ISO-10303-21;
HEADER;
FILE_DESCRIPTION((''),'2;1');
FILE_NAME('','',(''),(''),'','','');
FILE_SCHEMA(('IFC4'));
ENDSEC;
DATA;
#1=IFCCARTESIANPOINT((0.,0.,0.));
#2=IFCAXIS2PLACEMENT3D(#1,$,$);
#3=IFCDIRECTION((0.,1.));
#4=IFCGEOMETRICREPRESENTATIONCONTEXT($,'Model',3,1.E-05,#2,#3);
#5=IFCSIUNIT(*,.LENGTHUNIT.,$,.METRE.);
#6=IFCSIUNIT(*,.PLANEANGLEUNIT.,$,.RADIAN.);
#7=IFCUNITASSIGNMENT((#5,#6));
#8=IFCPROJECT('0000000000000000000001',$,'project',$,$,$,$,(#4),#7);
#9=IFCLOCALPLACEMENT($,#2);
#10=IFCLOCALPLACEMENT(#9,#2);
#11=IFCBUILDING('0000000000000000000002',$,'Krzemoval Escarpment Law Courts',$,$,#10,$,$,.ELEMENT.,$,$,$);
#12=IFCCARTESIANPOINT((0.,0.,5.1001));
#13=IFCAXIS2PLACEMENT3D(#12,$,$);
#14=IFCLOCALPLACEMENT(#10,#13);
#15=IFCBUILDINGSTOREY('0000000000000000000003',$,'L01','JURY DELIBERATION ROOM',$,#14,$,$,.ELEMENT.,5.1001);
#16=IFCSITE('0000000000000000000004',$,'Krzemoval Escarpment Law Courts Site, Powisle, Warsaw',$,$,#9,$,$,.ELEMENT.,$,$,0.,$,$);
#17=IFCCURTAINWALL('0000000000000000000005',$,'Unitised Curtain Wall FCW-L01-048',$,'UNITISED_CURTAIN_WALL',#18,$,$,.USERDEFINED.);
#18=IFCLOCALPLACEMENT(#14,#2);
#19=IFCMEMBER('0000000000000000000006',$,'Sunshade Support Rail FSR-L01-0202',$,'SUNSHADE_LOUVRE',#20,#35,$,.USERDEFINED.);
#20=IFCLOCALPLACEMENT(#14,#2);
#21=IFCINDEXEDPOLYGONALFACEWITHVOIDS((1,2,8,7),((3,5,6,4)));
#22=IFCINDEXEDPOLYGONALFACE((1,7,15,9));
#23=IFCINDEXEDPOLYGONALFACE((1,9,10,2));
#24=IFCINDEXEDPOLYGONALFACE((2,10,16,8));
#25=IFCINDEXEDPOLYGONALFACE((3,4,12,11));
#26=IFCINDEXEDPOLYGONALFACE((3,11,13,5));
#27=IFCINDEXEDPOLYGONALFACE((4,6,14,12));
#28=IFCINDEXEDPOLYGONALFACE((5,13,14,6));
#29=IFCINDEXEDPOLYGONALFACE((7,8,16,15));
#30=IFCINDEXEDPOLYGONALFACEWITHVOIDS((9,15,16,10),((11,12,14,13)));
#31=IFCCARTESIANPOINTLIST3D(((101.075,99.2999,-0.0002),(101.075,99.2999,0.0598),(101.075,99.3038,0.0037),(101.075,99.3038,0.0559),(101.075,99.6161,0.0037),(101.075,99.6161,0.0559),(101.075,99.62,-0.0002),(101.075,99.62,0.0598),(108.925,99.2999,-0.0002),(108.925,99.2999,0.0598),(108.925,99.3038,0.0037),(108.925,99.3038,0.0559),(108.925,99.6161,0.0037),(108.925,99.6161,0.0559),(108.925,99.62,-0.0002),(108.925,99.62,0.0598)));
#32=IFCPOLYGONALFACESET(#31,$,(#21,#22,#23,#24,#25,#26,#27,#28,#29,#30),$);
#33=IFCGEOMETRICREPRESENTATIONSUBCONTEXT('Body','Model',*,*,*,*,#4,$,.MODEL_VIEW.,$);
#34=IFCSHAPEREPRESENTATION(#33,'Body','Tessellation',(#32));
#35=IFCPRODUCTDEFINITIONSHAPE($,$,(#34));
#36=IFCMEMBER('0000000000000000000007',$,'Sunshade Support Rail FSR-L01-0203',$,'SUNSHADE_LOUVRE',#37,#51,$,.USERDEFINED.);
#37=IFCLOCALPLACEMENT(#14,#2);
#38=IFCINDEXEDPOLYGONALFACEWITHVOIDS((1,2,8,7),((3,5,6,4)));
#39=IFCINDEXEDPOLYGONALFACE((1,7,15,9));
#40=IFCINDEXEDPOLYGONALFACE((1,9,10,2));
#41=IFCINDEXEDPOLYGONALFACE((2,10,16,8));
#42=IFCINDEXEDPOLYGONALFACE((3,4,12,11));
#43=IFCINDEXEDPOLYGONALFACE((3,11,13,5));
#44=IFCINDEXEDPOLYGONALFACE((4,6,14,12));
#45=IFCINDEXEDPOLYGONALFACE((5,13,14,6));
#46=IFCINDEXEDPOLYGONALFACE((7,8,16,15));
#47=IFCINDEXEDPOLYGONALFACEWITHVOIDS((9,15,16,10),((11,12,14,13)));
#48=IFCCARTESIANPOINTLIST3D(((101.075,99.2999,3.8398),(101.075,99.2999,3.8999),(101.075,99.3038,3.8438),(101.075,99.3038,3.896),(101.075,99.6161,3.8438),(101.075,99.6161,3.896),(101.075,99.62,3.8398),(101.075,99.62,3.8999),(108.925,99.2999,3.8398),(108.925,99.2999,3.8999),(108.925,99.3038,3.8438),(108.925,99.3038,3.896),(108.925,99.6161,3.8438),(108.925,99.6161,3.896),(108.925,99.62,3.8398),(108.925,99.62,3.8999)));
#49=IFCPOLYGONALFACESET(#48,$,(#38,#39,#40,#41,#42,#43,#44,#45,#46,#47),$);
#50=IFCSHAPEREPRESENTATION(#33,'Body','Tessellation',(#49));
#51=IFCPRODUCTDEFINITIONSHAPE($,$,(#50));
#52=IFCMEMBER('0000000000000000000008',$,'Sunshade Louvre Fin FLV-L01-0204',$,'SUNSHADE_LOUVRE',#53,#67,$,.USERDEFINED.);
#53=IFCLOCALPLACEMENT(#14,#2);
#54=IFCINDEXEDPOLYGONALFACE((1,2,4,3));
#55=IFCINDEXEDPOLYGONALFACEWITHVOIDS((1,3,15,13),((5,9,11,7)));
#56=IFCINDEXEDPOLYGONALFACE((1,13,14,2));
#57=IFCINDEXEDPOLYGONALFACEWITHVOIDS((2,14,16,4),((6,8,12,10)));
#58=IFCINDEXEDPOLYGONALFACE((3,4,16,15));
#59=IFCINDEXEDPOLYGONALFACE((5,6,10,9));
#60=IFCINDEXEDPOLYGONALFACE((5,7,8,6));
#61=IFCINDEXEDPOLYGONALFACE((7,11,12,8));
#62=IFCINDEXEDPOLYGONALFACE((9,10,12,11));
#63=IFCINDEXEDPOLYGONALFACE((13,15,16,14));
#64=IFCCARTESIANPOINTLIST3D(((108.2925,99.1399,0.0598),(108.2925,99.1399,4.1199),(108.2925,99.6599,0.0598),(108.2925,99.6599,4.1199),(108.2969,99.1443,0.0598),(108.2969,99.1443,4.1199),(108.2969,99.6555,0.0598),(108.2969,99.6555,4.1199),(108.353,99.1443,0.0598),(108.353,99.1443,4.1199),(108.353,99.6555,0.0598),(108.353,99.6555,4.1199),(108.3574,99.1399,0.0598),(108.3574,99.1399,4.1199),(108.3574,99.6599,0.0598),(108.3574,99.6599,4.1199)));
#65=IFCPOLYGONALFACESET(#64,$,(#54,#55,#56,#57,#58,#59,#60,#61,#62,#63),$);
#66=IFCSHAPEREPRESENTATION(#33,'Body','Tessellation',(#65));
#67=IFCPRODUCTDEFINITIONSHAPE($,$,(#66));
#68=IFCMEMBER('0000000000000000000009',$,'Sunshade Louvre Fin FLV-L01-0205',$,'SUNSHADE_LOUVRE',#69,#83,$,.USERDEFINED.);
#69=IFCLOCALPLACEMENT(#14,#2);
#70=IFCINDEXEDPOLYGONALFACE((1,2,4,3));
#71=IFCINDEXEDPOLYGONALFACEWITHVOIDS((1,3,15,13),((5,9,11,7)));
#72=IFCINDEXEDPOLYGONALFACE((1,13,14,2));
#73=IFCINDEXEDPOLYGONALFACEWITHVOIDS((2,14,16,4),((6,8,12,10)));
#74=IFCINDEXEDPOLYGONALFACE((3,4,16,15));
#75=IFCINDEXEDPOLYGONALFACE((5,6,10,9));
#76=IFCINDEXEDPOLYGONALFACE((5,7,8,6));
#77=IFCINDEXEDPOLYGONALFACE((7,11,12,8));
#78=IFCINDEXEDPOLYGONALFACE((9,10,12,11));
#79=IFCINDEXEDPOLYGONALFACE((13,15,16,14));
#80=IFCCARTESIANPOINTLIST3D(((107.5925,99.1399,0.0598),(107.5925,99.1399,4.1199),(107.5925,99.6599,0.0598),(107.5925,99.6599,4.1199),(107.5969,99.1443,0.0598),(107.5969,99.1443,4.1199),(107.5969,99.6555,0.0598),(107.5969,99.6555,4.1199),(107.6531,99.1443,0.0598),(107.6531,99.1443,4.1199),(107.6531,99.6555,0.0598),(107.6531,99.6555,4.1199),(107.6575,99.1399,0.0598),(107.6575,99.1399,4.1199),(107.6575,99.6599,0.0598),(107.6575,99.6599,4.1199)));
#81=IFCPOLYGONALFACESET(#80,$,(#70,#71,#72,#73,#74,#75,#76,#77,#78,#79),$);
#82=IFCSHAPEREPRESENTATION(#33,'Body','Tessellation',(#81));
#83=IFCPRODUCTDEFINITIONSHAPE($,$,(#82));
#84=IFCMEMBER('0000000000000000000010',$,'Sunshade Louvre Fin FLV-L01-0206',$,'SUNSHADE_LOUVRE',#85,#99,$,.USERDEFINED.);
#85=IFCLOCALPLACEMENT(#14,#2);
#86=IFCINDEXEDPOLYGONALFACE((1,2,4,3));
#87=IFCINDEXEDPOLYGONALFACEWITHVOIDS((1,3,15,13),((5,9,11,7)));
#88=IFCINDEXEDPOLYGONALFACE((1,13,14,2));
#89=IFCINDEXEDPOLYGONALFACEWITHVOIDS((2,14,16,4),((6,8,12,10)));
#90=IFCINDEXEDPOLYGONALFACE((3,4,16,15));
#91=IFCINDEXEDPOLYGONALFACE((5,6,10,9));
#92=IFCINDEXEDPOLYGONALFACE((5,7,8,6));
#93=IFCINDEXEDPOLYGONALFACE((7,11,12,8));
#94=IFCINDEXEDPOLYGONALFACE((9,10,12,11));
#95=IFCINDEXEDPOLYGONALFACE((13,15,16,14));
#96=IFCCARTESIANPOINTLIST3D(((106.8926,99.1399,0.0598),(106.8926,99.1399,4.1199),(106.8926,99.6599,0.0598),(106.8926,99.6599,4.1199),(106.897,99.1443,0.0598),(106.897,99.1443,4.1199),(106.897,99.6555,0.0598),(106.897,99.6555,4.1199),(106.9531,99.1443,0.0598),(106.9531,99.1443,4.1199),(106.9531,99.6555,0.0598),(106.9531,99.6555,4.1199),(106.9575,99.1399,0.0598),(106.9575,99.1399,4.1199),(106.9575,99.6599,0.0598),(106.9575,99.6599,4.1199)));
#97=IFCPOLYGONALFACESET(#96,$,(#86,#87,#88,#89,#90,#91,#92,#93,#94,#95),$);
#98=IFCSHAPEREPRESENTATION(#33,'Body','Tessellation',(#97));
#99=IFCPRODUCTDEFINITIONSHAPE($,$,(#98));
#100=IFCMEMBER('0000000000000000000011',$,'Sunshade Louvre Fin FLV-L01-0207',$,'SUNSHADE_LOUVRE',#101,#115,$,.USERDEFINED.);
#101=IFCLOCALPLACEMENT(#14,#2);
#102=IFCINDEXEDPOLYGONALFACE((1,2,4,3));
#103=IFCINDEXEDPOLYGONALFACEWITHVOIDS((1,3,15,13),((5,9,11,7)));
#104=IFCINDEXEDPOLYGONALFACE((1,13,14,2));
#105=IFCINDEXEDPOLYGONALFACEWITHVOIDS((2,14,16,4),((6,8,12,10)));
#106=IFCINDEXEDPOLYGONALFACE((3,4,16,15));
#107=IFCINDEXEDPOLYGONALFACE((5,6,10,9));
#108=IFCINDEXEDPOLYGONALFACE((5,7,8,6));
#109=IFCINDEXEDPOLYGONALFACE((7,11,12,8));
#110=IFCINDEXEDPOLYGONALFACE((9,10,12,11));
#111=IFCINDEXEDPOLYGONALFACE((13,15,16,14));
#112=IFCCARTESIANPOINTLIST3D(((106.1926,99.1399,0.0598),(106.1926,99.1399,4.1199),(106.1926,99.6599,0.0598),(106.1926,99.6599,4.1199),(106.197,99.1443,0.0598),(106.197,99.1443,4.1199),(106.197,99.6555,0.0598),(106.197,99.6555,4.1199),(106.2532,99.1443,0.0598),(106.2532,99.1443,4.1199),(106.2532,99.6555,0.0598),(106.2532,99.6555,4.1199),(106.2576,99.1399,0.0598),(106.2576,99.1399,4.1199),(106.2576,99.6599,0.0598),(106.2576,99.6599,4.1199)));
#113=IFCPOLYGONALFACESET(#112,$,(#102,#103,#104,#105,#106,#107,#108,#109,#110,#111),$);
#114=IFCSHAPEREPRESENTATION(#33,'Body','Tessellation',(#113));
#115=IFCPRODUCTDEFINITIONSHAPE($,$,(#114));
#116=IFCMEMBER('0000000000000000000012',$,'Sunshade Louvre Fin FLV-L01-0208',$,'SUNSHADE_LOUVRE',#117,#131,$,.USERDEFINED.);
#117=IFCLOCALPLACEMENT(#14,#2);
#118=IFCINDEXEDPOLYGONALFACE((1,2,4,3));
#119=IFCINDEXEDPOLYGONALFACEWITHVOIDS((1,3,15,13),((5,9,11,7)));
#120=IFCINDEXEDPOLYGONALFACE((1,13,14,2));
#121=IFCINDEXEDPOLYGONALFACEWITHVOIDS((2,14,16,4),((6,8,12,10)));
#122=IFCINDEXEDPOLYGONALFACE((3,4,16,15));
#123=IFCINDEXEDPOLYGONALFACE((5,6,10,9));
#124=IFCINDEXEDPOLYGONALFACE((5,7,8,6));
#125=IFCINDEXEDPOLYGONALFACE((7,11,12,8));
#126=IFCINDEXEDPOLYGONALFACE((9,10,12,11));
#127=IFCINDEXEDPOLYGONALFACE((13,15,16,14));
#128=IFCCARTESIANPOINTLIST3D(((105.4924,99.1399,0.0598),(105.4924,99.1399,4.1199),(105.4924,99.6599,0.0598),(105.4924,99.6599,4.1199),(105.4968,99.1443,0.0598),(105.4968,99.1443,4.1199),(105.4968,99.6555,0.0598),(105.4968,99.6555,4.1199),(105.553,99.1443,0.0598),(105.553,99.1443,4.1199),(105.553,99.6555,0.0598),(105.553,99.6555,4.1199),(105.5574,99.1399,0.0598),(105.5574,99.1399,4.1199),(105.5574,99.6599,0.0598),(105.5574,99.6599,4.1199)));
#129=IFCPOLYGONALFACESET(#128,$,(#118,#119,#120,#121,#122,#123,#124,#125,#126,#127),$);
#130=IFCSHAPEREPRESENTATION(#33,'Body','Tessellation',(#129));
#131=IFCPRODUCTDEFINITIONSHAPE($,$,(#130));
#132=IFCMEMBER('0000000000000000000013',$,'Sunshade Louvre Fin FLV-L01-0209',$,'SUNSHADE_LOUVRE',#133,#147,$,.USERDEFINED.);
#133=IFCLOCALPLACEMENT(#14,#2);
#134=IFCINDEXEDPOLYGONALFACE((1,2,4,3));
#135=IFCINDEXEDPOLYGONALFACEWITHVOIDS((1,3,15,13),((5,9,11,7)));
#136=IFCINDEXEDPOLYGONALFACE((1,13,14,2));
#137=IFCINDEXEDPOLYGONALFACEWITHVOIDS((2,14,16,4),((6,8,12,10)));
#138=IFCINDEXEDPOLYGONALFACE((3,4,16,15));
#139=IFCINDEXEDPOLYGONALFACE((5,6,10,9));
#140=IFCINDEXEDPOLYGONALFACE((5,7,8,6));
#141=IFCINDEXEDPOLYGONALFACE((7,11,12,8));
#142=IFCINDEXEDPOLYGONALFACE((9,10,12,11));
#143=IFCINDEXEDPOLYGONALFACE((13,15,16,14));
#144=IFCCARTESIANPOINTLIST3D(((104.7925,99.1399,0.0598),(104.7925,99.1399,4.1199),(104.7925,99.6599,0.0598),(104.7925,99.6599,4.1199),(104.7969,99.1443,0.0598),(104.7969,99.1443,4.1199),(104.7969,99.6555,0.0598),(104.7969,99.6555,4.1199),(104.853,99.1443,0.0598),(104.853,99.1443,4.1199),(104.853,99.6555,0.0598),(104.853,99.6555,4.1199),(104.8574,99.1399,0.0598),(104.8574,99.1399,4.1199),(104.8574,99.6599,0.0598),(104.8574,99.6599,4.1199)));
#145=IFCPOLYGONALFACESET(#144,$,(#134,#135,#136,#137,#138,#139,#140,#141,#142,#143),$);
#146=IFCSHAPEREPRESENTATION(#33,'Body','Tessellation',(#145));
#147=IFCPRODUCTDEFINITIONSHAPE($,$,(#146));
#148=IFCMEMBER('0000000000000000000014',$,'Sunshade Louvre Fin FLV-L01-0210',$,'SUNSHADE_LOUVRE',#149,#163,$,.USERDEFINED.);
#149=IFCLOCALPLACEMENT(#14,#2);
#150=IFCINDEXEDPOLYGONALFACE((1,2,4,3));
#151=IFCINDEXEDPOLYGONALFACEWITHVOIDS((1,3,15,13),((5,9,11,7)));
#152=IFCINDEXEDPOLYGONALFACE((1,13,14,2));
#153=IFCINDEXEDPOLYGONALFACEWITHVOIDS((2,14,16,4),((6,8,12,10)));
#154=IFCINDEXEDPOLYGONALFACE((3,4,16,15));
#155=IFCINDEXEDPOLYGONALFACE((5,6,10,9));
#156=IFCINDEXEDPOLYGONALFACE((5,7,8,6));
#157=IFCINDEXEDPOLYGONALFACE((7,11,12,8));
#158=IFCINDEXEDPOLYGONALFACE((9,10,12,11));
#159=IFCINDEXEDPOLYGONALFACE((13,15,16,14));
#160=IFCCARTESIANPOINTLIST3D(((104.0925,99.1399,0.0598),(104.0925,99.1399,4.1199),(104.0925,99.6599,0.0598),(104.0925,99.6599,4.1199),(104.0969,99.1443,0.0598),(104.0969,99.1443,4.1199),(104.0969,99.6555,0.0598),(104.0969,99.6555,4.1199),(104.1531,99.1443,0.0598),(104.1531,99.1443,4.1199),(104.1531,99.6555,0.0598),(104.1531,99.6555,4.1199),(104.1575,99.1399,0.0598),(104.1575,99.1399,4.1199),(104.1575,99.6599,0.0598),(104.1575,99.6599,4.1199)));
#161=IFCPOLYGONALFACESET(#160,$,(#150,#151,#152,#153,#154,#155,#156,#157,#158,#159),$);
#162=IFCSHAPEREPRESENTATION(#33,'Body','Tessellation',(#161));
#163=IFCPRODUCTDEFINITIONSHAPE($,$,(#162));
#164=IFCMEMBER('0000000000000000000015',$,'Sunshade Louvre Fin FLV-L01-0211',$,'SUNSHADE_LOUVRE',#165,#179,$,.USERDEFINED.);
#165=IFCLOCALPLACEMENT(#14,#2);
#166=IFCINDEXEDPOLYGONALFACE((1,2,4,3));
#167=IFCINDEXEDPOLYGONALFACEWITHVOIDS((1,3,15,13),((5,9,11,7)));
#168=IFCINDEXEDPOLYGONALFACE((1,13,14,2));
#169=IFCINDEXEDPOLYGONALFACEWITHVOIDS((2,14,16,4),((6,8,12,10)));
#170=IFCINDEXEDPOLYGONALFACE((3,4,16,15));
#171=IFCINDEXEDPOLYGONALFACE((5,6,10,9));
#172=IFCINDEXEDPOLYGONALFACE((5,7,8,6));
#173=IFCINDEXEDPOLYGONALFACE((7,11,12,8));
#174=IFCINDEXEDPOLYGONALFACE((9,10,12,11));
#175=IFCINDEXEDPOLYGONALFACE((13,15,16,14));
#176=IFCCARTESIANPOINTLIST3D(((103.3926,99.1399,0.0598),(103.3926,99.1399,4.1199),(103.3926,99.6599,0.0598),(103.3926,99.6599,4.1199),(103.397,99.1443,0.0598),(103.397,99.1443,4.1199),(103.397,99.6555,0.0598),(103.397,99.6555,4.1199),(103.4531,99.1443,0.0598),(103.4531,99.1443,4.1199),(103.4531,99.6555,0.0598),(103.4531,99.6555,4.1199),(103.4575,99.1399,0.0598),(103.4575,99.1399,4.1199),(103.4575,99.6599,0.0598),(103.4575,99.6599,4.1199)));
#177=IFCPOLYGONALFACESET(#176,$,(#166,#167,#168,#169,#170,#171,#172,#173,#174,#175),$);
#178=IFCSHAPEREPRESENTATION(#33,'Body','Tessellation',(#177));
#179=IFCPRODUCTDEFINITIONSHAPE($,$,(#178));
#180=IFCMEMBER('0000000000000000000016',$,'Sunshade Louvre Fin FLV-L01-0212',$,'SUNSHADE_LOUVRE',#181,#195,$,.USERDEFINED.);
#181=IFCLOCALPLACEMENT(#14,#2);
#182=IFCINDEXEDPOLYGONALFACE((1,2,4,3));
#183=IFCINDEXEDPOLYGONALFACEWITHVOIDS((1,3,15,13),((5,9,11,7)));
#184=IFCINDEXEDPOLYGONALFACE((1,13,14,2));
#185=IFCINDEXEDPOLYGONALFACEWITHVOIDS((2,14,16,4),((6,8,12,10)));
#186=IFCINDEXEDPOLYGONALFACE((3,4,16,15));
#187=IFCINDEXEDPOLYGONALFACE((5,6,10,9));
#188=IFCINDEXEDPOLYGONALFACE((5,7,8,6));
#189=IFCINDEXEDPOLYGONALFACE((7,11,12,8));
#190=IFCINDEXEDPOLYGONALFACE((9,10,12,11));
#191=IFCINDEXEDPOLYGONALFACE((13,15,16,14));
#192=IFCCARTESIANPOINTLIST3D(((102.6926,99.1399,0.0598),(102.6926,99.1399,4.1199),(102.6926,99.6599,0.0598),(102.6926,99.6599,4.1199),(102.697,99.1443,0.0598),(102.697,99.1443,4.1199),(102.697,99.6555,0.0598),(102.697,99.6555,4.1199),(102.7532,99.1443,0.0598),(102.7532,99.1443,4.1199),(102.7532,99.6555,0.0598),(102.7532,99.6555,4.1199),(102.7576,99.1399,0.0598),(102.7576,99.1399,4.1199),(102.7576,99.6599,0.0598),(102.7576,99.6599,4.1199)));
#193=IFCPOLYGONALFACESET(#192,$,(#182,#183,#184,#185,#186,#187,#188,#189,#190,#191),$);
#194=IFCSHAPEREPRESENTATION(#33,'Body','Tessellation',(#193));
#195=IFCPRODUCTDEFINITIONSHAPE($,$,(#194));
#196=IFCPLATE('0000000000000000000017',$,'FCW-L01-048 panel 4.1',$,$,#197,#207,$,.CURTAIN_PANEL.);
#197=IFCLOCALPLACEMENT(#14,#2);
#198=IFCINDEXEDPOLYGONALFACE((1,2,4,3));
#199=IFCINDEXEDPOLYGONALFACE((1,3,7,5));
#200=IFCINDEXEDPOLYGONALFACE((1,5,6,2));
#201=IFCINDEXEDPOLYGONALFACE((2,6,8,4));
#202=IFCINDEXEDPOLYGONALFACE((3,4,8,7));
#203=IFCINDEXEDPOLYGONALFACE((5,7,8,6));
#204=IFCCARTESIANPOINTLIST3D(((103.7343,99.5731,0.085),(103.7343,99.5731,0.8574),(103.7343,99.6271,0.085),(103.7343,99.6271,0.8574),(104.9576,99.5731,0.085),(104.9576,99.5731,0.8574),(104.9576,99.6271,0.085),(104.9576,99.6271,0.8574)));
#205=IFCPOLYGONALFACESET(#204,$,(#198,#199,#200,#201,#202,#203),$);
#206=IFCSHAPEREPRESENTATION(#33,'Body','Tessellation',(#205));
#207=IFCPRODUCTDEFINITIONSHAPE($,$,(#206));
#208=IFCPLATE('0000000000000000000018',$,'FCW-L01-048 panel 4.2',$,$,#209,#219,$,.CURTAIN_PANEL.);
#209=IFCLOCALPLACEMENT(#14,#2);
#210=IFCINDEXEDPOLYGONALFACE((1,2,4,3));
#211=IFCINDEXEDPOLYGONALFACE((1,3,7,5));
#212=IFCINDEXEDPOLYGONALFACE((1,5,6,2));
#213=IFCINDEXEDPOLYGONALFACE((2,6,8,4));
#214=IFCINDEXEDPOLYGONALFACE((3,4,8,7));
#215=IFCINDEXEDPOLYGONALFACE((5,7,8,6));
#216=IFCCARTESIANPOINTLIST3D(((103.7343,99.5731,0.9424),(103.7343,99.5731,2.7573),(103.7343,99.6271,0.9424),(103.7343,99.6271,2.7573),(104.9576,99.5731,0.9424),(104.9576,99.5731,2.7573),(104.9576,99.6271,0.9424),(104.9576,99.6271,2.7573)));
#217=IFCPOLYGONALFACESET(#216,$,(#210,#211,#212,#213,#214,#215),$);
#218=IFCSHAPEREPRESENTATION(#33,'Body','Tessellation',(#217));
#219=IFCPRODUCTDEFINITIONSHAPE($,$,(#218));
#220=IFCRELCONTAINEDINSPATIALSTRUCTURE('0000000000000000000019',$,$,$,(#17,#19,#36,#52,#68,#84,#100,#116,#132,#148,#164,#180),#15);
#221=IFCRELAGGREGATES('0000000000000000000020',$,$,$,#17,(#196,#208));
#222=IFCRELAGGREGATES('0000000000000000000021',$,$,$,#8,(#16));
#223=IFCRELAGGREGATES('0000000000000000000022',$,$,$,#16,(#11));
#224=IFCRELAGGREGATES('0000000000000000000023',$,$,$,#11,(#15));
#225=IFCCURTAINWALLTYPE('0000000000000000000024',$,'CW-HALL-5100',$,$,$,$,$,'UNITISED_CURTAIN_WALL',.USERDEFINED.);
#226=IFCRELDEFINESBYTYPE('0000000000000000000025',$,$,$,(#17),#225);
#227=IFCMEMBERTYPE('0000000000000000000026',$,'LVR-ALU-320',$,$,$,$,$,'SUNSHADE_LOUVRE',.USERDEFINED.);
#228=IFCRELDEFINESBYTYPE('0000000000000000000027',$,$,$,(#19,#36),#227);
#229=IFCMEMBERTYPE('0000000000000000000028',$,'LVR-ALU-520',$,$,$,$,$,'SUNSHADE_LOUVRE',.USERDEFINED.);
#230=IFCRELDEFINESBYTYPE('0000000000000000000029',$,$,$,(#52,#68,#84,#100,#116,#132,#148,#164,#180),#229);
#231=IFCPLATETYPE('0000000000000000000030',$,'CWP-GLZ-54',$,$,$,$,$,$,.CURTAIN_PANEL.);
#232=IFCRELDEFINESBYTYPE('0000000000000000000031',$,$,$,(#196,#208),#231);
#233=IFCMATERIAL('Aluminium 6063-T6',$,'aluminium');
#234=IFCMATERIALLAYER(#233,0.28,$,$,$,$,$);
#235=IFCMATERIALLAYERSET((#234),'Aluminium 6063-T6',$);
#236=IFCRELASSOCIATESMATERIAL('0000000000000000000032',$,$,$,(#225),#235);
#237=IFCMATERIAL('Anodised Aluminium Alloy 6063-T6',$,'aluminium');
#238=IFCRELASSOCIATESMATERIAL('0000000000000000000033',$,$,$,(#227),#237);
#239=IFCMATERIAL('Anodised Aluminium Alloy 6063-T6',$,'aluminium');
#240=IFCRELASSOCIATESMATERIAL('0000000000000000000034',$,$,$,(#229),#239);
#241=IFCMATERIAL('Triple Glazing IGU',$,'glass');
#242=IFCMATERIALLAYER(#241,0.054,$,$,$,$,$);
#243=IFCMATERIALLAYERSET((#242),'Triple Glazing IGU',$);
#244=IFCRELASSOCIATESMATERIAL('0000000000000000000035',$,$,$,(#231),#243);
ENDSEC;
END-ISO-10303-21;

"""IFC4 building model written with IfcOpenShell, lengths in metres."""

from ifc_helpers import new_model, si_unit, direction, frame, origin, origin_2d, place, context, subcontext, project, spatial, rectangle, hollow_rectangle, extrude, material, layer, layer_set, material_profile, profile_set, type_object, element, aggregate, save


model = new_model("IFC4")

# Units and contexts
model_context = context("Model", 3, precision=1e-05, world=origin(), true_north=direction((0.0, 1.0)))
body_context = subcontext(model_context, "Body", "Model", "MODEL_VIEW")
ifc_project = project(units=[si_unit("LENGTHUNIT", "METRE"), si_unit("PLANEANGLEUNIT", "RADIAN")], contexts=[model_context])

# Site, building, storey
site_placement = place(None, origin())
site = spatial("IfcSite", under=ifc_project, at=site_placement, Name="Krzemoval Escarpment Law Courts Site, Powisle, Warsaw", CompositionType="ELEMENT", RefElevation=0.0)
building_placement = place(site_placement, origin())
building = spatial("IfcBuilding", under=site, at=building_placement, Name="Krzemoval Escarpment Law Courts", CompositionType="ELEMENT")
storey_placement = place(building_placement, frame((0.0, 0.0, 5.1001)))
storey = spatial("IfcBuildingStorey", under=building, at=storey_placement, Name="L01", Description="JURY DELIBERATION ROOM", CompositionType="ELEMENT", Elevation=5.1001)

# Curtain wall
ifc_material_1 = material(Name="Aluminium 6063-T6", Category="aluminium")
ifc_layer_1 = layer(ifc_material_1, 0.28)
ifc_layer_set_1 = layer_set([ifc_layer_1], Name="Aluminium 6063-T6")
curtain_wall_type = type_object("IfcCurtainWallType", Name="CW-HALL-5100", ElementType="UNITISED_CURTAIN_WALL", PredefinedType="USERDEFINED", material=ifc_layer_set_1)
curtain_wall_placement = place(storey_placement, origin())
curtain_wall = element("IfcCurtainWall", 1, at=curtain_wall_placement, inside=storey, type_object=curtain_wall_type, Name="Unitised Curtain Wall FCW-L01-048", ObjectType="UNITISED_CURTAIN_WALL", PredefinedType="USERDEFINED")

# Members
ifc_material_2 = material(Name="Anodised Aluminium Alloy 6063-T6", Category="aluminium")
ifc_material_profile_1 = material_profile(ifc_material_2, hollow_rectangle(XDim=0.0601, YDim=0.3201, WallThickness=0.0039, at=origin_2d()), Name="ALU LVR 60x320")
ifc_profile_set_1 = profile_set([ifc_material_profile_1], Name="Anodised Aluminium Alloy 6063-T6")
member_type_1 = type_object("IfcMemberType", Name="LVR-ALU-320", ElementType="SUNSHADE_LOUVRE", PredefinedType="USERDEFINED", material=ifc_profile_set_1)
for number, where, z_axis, x_axis, name in (
    (2, (108.925, 99.46, 0.0298), (-1.0, 0.0, 0.0), (0.0, 0.0, 1.0), "Sunshade Support Rail FSR-L01-0202"),
    (3, (108.925, 99.46, 3.8699), (-1.0, 0.0, 0.0), (0.0, 0.0, 1.0), "Sunshade Support Rail FSR-L01-0203"),
):
    element("IfcMember", number, at=place(storey_placement, frame(where, z_axis=z_axis, x_axis=x_axis)), inside=storey, type_object=member_type_1, Name=name, ObjectType="SUNSHADE_LOUVRE", PredefinedType="USERDEFINED", context=body_context, shape_type="SweptSolid", body=[
        extrude(hollow_rectangle(XDim=0.0601, YDim=0.3201, WallThickness=0.0039, at=origin_2d()), origin(), (0.0, 0.0, 1.0), 7.8501),
    ])
ifc_material_3 = material(Name="Anodised Aluminium Alloy 6063-T6", Category="aluminium")
ifc_material_profile_2 = material_profile(ifc_material_3, hollow_rectangle(XDim=0.0649, YDim=0.52, WallThickness=0.0044, at=origin_2d()), Name="ALU LVR 65x520")
ifc_profile_set_2 = profile_set([ifc_material_profile_2], Name="Anodised Aluminium Alloy 6063-T6")
member_type_2 = type_object("IfcMemberType", Name="LVR-ALU-520", ElementType="SUNSHADE_LOUVRE", PredefinedType="USERDEFINED", material=ifc_profile_set_2)
for number, where, z_axis, x_axis, name in (
    (4, (108.325, 99.3999, 0.0598), (0.0, 0.0, 1.0), (1.0, 0.0, 0.0), "Sunshade Louvre Fin FLV-L01-0204"),
    (5, (107.625, 99.3999, 0.0598), (0.0, 0.0, 1.0), (1.0, 0.0, 0.0), "Sunshade Louvre Fin FLV-L01-0205"),
    (6, (106.925, 99.3999, 0.0598), (0.0, 0.0, 1.0), (1.0, 0.0, 0.0), "Sunshade Louvre Fin FLV-L01-0206"),
    (7, (106.2251, 99.3999, 0.0598), (0.0, 0.0, 1.0), (1.0, 0.0, 0.0), "Sunshade Louvre Fin FLV-L01-0207"),
    (8, (105.5249, 99.3999, 0.0598), (0.0, 0.0, 1.0), (1.0, 0.0, 0.0), "Sunshade Louvre Fin FLV-L01-0208"),
    (9, (104.825, 99.3999, 0.0598), (0.0, 0.0, 1.0), (1.0, 0.0, 0.0), "Sunshade Louvre Fin FLV-L01-0209"),
    (10, (104.125, 99.3999, 0.0598), (0.0, 0.0, 1.0), (1.0, 0.0, 0.0), "Sunshade Louvre Fin FLV-L01-0210"),
    (11, (103.425, 99.3999, 0.0598), (0.0, 0.0, 1.0), (1.0, 0.0, 0.0), "Sunshade Louvre Fin FLV-L01-0211"),
    (12, (102.7251, 99.3999, 0.0598), (0.0, 0.0, 1.0), (1.0, 0.0, 0.0), "Sunshade Louvre Fin FLV-L01-0212"),
):
    element("IfcMember", number, at=place(storey_placement, frame(where, z_axis=z_axis, x_axis=x_axis)), inside=storey, type_object=member_type_2, Name=name, ObjectType="SUNSHADE_LOUVRE", PredefinedType="USERDEFINED", context=body_context, shape_type="SweptSolid", body=[
        extrude(hollow_rectangle(XDim=0.0649, YDim=0.52, WallThickness=0.0044, at=origin_2d()), origin(), (0.0, 0.0, 1.0), 4.0601),
    ])

# Plates
ifc_material_4 = material(Name="Triple Glazing IGU", Category="glass")
ifc_layer_2 = layer(ifc_material_4, 0.054)
ifc_layer_set_2 = layer_set([ifc_layer_2], Name="Triple Glazing IGU")
plate_type = type_object("IfcPlateType", Name="CWP-GLZ-54", PredefinedType="CURTAIN_PANEL", material=ifc_layer_set_2)
plate_1_placement = place(storey_placement, frame((104.3459, 99.6001, 0.085), z_axis=(0.0, 0.0, 1.0), x_axis=(-1.0, 0.0, 0.0)))
plate_1 = element("IfcPlate", 13, at=plate_1_placement, type_object=plate_type, Name="FCW-L01-048 panel 4.1", PredefinedType="CURTAIN_PANEL", context=body_context, shape_type="SweptSolid", body=[
    extrude(rectangle(XDim=1.2234, YDim=0.054, at=origin_2d()), origin(), (0.0, 0.0, 1.0), 0.7725),
])
plate_2_placement = place(storey_placement, frame((104.3459, 99.6001, 0.9424), z_axis=(0.0, 0.0, 1.0), x_axis=(-1.0, 0.0, 0.0)))
plate_2 = element("IfcPlate", 14, at=plate_2_placement, type_object=plate_type, Name="FCW-L01-048 panel 4.2", PredefinedType="CURTAIN_PANEL", context=body_context, shape_type="SweptSolid", body=[
    extrude(rectangle(XDim=1.2234, YDim=0.054, at=origin_2d()), origin(), (0.0, 0.0, 1.0), 1.8149),
])
aggregate(curtain_wall, [plate_1, plate_2])

save(model, "model.ifc")
